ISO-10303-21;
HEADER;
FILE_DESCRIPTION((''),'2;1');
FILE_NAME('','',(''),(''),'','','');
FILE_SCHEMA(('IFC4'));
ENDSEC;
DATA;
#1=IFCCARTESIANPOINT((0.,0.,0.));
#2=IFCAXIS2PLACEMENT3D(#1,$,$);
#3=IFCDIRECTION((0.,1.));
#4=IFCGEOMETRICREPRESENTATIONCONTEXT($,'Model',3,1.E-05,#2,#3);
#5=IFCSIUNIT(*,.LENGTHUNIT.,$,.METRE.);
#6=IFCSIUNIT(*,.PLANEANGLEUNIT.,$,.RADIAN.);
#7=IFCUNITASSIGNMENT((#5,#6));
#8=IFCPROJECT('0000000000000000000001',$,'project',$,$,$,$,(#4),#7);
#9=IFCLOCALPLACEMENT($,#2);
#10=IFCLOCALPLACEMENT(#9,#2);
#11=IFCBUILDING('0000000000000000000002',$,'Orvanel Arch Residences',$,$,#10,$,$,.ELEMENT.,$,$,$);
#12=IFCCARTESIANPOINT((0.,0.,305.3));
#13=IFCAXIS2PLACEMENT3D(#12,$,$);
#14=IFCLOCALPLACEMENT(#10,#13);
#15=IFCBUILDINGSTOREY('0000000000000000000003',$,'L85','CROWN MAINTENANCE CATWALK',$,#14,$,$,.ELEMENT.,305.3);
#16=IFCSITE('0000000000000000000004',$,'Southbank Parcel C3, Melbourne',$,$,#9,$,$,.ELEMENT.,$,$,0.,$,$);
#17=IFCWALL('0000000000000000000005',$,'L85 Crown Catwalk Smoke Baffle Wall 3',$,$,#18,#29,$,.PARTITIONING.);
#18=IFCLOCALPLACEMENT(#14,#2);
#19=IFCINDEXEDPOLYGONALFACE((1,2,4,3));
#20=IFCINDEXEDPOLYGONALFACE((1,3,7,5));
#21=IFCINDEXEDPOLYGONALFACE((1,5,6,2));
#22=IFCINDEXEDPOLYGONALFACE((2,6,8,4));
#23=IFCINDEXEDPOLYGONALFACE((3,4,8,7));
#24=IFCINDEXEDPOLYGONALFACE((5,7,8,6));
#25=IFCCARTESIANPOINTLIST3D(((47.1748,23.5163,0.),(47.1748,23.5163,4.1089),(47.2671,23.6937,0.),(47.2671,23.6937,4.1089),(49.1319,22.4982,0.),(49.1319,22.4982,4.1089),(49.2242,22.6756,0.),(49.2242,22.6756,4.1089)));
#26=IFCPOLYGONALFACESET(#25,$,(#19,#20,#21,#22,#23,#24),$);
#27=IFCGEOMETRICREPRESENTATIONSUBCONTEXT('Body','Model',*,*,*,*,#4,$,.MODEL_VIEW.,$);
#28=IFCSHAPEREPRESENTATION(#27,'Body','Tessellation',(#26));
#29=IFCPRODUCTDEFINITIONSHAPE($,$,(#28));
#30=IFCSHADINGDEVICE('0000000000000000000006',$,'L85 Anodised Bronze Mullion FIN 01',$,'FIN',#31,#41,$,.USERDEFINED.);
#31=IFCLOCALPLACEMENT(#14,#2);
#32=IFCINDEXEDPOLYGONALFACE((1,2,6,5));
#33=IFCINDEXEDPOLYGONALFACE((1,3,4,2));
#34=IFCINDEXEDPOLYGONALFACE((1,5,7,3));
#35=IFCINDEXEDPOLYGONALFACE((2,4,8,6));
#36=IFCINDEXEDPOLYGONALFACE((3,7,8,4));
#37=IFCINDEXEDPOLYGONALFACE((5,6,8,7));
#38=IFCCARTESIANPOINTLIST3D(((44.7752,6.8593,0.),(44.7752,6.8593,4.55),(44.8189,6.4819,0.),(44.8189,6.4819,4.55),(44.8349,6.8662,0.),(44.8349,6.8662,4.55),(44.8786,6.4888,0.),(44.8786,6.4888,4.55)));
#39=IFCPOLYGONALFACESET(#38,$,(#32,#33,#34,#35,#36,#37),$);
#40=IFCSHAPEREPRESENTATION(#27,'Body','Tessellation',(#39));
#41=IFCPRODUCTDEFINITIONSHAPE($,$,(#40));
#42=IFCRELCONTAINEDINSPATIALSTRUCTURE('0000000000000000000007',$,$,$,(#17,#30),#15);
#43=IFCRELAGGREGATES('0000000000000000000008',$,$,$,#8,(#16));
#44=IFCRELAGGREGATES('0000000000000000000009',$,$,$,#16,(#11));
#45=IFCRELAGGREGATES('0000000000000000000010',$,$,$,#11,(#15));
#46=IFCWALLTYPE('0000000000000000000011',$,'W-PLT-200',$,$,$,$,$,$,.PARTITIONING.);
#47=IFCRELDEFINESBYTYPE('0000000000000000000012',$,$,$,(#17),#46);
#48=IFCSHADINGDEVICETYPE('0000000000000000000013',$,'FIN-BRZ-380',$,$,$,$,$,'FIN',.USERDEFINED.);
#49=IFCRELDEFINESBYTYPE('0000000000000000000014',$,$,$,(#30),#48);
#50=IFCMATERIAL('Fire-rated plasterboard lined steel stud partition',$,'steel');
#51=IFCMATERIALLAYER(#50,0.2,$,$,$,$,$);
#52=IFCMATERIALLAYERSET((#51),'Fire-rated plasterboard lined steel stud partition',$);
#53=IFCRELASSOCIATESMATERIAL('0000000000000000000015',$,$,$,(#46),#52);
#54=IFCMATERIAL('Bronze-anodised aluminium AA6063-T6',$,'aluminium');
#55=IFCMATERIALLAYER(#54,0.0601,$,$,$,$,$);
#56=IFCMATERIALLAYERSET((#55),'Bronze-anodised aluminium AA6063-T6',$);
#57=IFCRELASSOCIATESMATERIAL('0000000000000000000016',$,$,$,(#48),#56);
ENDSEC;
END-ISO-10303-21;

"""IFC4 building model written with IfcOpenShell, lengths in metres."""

from ifc_helpers import new_model, si_unit, direction, frame, frame_2d, origin, origin_2d, place, context, subcontext, project, spatial, rectangle, extrude, material, layer, layer_set, type_object, element, save


model = new_model("IFC4")

# Units and contexts
model_context = context("Model", 3, precision=1e-05, world=origin(), true_north=direction((0.0, 1.0)))
body_context = subcontext(model_context, "Body", "Model", "MODEL_VIEW")
ifc_project = project(units=[si_unit("LENGTHUNIT", "METRE"), si_unit("PLANEANGLEUNIT", "RADIAN")], contexts=[model_context])

# Site, building, storey
site_placement = place(None, origin())
site = spatial("IfcSite", under=ifc_project, at=site_placement, Name="Southbank Parcel C3, Melbourne", CompositionType="ELEMENT", RefElevation=0.0)
building_placement = place(site_placement, origin())
building = spatial("IfcBuilding", under=site, at=building_placement, Name="Orvanel Arch Residences", CompositionType="ELEMENT")
storey_placement = place(building_placement, frame((0.0, 0.0, 305.3)))
storey = spatial("IfcBuildingStorey", under=building, at=storey_placement, Name="L85", Description="CROWN MAINTENANCE CATWALK", CompositionType="ELEMENT", Elevation=305.3)

# Shared definitions
ifc_material_1 = material(Name="Bronze-anodised aluminium AA6063-T6", Category="aluminium")

# Shared definitions
ifc_material_2 = material(Name="Fire-rated plasterboard lined steel stud partition", Category="steel")
ifc_layer_1 = layer(ifc_material_2, 0.2)
ifc_layer_set_1 = layer_set([ifc_layer_1], Name="Fire-rated plasterboard lined steel stud partition")
wall_type_1 = type_object("IfcWallType", Name="W-PLT-200", PredefinedType="PARTITIONING", material=ifc_layer_set_1)

# Wall
wall_1_placement = place(storey_placement, frame((47.2209, 23.605, 0.0), z_axis=(0.0, 0.0, 1.0), x_axis=(0.887141, -0.461499, 0.0)))
element("IfcWall", 1, at=wall_1_placement, inside=storey, type_object=wall_type_1, Name="L85 Crown Catwalk Smoke Baffle Wall 3", PredefinedType="PARTITIONING", context=body_context, shape_type="SweptSolid", body=[
    extrude(rectangle(XDim=2.2061, YDim=0.2, at=frame_2d((1.103, 0.0))), origin(), (0.0, 0.0, 1.0), 4.1089),
])

# Shading device
ifc_layer_2 = layer(ifc_material_1, 0.0601)
ifc_layer_set_2 = layer_set([ifc_layer_2], Name="Bronze-anodised aluminium AA6063-T6")
shading_device_type = type_object("IfcShadingDeviceType", Name="FIN-BRZ-380", ElementType="FIN", PredefinedType="USERDEFINED", material=ifc_layer_set_2)
shading_device_placement = place(storey_placement, frame((44.8269, 6.6741, 0.0), z_axis=(0.0, 0.0, 1.0), x_axis=(0.114937, -0.993373, 0.0)))
element("IfcShadingDevice", 2, at=shading_device_placement, inside=storey, type_object=shading_device_type, Name="L85 Anodised Bronze Mullion FIN 01", ObjectType="FIN", PredefinedType="USERDEFINED", context=body_context, shape_type="SweptSolid", body=[
    extrude(rectangle(XDim=0.3799, YDim=0.0601, at=origin_2d()), origin(), (0.0, 0.0, 1.0), 4.55),
])

save(model, "model.ifc")
